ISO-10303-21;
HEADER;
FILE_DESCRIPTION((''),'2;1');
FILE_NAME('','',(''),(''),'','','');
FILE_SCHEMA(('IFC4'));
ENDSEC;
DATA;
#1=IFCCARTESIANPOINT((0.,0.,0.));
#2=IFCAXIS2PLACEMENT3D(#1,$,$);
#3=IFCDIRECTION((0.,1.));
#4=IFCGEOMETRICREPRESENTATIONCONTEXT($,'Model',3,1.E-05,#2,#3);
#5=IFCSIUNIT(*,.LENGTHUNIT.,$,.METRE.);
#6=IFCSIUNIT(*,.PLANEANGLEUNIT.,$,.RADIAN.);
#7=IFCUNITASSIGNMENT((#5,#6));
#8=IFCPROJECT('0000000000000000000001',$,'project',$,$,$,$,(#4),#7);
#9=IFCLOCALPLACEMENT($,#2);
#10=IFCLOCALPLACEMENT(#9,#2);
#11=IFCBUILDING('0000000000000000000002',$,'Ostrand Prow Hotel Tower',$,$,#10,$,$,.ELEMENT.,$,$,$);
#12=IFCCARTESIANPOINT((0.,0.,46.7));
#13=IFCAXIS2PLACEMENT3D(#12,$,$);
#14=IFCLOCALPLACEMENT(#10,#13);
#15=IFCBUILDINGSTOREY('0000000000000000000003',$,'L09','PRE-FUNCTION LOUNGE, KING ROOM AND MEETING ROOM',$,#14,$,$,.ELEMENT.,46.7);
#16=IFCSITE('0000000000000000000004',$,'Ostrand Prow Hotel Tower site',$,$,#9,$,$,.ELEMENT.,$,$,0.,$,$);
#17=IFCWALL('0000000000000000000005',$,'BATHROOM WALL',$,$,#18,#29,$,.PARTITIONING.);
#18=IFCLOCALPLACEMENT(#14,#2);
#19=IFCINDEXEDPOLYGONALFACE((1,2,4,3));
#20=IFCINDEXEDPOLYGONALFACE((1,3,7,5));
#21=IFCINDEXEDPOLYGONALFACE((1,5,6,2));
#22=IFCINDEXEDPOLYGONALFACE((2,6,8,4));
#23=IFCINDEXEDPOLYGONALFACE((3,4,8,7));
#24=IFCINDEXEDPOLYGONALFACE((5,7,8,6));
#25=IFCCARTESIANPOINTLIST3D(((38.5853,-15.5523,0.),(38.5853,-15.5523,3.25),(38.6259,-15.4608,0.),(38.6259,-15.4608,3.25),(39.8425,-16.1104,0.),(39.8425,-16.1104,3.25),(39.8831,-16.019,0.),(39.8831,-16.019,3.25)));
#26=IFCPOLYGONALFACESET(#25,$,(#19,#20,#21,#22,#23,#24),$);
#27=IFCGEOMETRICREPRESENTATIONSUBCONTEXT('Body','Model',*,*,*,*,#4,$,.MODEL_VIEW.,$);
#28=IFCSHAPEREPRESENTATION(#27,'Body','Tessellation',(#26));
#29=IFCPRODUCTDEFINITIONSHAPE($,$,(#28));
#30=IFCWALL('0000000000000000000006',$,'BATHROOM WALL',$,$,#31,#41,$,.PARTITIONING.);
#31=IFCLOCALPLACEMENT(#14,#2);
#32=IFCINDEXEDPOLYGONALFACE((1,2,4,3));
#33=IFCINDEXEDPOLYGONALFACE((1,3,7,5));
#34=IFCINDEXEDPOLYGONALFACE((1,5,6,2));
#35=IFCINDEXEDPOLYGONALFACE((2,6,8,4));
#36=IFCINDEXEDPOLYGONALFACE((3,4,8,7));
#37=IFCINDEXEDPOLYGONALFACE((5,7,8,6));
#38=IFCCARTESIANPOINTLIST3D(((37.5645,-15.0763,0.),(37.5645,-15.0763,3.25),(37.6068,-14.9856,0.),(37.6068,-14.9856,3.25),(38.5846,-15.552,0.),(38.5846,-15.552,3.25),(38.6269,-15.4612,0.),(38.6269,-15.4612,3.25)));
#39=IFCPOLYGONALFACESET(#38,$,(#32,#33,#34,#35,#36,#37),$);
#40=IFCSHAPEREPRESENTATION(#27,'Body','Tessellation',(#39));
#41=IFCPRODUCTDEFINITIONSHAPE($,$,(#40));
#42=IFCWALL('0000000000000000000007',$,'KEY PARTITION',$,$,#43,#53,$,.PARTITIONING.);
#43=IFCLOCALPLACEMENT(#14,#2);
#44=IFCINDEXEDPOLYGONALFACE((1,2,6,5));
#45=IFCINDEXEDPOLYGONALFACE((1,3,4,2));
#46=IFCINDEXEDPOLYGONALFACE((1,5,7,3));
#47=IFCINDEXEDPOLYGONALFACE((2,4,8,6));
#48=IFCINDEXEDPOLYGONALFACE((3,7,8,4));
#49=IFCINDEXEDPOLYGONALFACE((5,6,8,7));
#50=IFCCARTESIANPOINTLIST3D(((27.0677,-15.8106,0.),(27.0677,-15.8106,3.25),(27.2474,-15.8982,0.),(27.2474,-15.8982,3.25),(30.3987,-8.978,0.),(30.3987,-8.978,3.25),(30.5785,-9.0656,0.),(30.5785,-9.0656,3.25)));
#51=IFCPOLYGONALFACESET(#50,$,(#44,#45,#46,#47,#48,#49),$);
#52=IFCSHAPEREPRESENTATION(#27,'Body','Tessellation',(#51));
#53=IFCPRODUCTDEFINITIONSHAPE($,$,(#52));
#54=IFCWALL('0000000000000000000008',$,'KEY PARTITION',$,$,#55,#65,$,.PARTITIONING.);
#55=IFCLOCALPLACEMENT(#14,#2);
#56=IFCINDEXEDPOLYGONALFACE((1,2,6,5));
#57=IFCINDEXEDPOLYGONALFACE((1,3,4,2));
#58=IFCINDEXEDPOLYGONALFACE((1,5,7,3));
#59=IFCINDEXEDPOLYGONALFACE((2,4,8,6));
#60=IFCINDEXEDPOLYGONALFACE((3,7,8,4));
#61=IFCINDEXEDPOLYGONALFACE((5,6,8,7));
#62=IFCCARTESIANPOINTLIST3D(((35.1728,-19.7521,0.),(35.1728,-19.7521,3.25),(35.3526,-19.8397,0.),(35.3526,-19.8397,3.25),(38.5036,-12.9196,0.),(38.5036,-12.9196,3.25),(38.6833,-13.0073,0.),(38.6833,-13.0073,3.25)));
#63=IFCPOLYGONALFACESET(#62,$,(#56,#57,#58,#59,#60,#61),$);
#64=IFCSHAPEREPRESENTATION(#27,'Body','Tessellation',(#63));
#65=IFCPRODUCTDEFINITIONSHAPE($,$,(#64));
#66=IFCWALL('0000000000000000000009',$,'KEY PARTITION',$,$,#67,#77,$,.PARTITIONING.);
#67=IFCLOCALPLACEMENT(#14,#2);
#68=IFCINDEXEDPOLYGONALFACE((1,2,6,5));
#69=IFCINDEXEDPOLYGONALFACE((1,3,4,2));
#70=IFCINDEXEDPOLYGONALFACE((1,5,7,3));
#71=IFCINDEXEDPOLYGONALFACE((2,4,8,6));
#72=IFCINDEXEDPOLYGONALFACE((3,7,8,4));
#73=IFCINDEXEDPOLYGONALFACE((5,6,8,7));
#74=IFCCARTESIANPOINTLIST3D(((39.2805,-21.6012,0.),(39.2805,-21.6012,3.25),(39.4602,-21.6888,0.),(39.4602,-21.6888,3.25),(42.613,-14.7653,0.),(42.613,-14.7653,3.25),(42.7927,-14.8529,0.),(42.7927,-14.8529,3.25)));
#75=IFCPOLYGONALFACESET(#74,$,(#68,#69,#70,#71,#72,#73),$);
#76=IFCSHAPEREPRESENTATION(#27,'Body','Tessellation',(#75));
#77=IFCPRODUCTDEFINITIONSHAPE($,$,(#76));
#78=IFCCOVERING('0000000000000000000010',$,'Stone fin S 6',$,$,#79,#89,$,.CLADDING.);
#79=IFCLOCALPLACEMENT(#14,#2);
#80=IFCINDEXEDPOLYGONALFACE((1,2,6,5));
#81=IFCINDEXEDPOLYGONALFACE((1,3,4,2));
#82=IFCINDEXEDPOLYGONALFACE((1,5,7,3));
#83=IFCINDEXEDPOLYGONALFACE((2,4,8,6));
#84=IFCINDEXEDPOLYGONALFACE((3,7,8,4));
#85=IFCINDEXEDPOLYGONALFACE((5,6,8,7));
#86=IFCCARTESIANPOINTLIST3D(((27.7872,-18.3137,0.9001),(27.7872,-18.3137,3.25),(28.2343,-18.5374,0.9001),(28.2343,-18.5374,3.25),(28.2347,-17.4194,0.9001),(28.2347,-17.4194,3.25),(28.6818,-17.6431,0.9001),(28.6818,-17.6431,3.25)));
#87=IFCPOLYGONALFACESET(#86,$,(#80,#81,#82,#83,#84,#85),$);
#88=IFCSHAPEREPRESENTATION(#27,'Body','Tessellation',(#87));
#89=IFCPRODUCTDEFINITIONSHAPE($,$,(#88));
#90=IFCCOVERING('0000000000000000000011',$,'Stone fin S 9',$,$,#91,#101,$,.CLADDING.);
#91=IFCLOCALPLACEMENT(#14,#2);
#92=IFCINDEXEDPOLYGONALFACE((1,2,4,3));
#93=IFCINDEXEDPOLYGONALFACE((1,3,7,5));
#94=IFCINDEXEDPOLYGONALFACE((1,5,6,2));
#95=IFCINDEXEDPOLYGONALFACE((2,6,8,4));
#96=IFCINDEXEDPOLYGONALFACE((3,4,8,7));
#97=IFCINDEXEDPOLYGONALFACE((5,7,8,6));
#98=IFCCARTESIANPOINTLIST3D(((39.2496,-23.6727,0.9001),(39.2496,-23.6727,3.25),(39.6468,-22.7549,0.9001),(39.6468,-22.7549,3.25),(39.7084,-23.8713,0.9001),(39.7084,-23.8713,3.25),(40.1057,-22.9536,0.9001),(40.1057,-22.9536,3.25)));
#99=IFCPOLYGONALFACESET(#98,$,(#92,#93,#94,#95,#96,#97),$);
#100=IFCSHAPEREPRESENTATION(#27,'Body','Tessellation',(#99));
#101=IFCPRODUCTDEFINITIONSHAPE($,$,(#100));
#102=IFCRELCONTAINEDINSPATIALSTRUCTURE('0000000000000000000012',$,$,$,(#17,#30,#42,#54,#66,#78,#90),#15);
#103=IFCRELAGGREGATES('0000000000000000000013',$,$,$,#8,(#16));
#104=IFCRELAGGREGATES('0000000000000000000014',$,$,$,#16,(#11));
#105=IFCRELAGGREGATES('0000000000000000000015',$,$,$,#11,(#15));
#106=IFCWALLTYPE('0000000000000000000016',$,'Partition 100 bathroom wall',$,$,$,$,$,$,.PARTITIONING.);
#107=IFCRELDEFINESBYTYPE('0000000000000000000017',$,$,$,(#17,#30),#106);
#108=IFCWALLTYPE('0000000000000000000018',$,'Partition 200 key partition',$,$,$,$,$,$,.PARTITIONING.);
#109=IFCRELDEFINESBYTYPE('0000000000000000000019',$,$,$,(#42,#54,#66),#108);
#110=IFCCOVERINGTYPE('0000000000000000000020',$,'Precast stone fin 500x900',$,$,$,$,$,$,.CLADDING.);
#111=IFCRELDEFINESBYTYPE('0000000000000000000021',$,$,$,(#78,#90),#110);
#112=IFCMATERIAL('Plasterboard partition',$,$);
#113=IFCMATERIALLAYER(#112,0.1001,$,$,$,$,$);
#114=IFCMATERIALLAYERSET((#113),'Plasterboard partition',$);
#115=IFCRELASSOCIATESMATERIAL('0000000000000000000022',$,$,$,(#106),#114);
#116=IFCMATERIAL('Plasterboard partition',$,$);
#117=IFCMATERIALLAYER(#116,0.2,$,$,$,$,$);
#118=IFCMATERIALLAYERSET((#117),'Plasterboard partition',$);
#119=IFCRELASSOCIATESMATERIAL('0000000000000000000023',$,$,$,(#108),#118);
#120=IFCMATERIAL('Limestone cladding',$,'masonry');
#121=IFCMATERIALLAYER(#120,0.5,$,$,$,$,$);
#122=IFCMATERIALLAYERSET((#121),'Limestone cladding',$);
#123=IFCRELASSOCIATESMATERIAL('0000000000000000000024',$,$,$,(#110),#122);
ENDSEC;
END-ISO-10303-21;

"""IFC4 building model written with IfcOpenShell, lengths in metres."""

from ifc_helpers import new_model, si_unit, direction, frame, frame_2d, origin, place, context, subcontext, project, spatial, rectangle, extrude, material, layer, layer_set, type_object, element, save


model = new_model("IFC4")

# Units and contexts
model_context = context("Model", 3, precision=1e-05, world=origin(), true_north=direction((0.0, 1.0)))
body_context = subcontext(model_context, "Body", "Model", "MODEL_VIEW")
ifc_project = project(units=[si_unit("LENGTHUNIT", "METRE"), si_unit("PLANEANGLEUNIT", "RADIAN")], contexts=[model_context])

# Site, building, storey
site_placement = place(None, origin())
site = spatial("IfcSite", under=ifc_project, at=site_placement, Name="Ostrand Prow Hotel Tower site", CompositionType="ELEMENT", RefElevation=0.0)
building_placement = place(site_placement, origin())
building = spatial("IfcBuilding", under=site, at=building_placement, Name="Ostrand Prow Hotel Tower", CompositionType="ELEMENT")
storey_placement = place(building_placement, frame((0.0, 0.0, 46.7)))
storey = spatial("IfcBuildingStorey", under=building, at=storey_placement, Name="L09", Description="PRE-FUNCTION LOUNGE, KING ROOM AND MEETING ROOM", CompositionType="ELEMENT", Elevation=46.7)

# Walls
ifc_material_1 = material(Name="Plasterboard partition")
ifc_layer_1 = layer(ifc_material_1, 0.1001)
ifc_layer_set_1 = layer_set([ifc_layer_1], Name="Plasterboard partition")
wall_type_1 = type_object("IfcWallType", Name="Partition 100 bathroom wall", PredefinedType="PARTITIONING", material=ifc_layer_set_1)
wall_1_placement = place(storey_placement, frame((39.8628, -16.0647, 0.0), z_axis=(0.0, 0.0, 1.0), x_axis=(-0.913973, 0.405776, 0.0)))
element("IfcWall", 1, at=wall_1_placement, inside=storey, type_object=wall_type_1, Name="BATHROOM WALL", PredefinedType="PARTITIONING", context=body_context, shape_type="SweptSolid", body=[
    extrude(rectangle(XDim=1.3755, YDim=0.1001, at=frame_2d((0.6877, 0.0))), origin(), (0.0, 0.0, 1.0), 3.25),
])
wall_2_placement = place(storey_placement, frame((38.6057, -15.5066, 0.0), z_axis=(0.0, 0.0, 1.0), x_axis=(-0.906327, 0.422577, 0.0)))
element("IfcWall", 2, at=wall_2_placement, inside=storey, type_object=wall_type_1, Name="BATHROOM WALL", PredefinedType="PARTITIONING", context=body_context, shape_type="SweptSolid", body=[
    extrude(rectangle(XDim=1.1255, YDim=0.1001, at=frame_2d((0.5627, 0.0))), origin(), (0.0, 0.0, 1.0), 3.25),
])
ifc_material_2 = material(Name="Plasterboard partition")
ifc_layer_2 = layer(ifc_material_2, 0.2)
ifc_layer_set_2 = layer_set([ifc_layer_2], Name="Plasterboard partition")
wall_type_2 = type_object("IfcWallType", Name="Partition 200 key partition", PredefinedType="PARTITIONING", material=ifc_layer_set_2)
wall_3_placement = place(storey_placement, frame((27.1575, -15.8545, 0.0), z_axis=(0.0, 0.0, 1.0), x_axis=(0.438224, 0.898866, 0.0)))
element("IfcWall", 3, at=wall_3_placement, inside=storey, type_object=wall_type_2, Name="KEY PARTITION", PredefinedType="PARTITIONING", context=body_context, shape_type="SweptSolid", body=[
    extrude(rectangle(XDim=7.6013, YDim=0.2, at=frame_2d((3.8008, 0.0))), origin(), (0.0, 0.0, 1.0), 3.25),
])
wall_4_placement = place(storey_placement, frame((35.2627, -19.7959, 0.0), z_axis=(0.0, 0.0, 1.0), x_axis=(0.438198, 0.898879, 0.0)))
element("IfcWall", 4, at=wall_4_placement, inside=storey, type_object=wall_type_2, Name="KEY PARTITION", PredefinedType="PARTITIONING", context=body_context, shape_type="SweptSolid", body=[
    extrude(rectangle(XDim=7.6011, YDim=0.2, at=frame_2d((3.8005, 0.0))), origin(), (0.0, 0.0, 1.0), 3.25),
])
wall_5_placement = place(storey_placement, frame((39.3704, -21.645, 0.0), z_axis=(0.0, 0.0, 1.0), x_axis=(0.438202, 0.898876, 0.0)))
element("IfcWall", 5, at=wall_5_placement, inside=storey, type_object=wall_type_2, Name="KEY PARTITION", PredefinedType="PARTITIONING", context=body_context, shape_type="SweptSolid", body=[
    extrude(rectangle(XDim=7.605, YDim=0.2, at=frame_2d((3.8025, 0.0))), origin(), (0.0, 0.0, 1.0), 3.25),
])

# Coverings
ifc_material_3 = material(Name="Limestone cladding", Category="masonry")
ifc_layer_3 = layer(ifc_material_3, 0.5)
ifc_layer_set_3 = layer_set([ifc_layer_3], Name="Limestone cladding")
covering_type = type_object("IfcCoveringType", Name="Precast stone fin 500x900", PredefinedType="CLADDING", material=ifc_layer_set_3)
for number, where, z_axis, x_axis, name in (
    (6, (28.4583, -17.5312, 0.9001), (0.0, 0.0, 1.0), (-0.447507, -0.894281, 0.0), "Stone fin S 6"),
    (7, (39.8762, -22.8542, 0.9001), (0.0, 0.0, 1.0), (-0.397217, -0.917725, 0.0), "Stone fin S 9"),
):
    element("IfcCovering", number, at=place(storey_placement, frame(where, z_axis=z_axis, x_axis=x_axis)), inside=storey, type_object=covering_type, Name=name, PredefinedType="CLADDING", context=body_context, shape_type="SweptSolid", body=[
        extrude(rectangle(XDim=1.0, YDim=0.5, at=frame_2d((0.5, 0.0))), origin(), (0.0, 0.0, 1.0), 2.3499),
    ])

save(model, "model.ifc")
